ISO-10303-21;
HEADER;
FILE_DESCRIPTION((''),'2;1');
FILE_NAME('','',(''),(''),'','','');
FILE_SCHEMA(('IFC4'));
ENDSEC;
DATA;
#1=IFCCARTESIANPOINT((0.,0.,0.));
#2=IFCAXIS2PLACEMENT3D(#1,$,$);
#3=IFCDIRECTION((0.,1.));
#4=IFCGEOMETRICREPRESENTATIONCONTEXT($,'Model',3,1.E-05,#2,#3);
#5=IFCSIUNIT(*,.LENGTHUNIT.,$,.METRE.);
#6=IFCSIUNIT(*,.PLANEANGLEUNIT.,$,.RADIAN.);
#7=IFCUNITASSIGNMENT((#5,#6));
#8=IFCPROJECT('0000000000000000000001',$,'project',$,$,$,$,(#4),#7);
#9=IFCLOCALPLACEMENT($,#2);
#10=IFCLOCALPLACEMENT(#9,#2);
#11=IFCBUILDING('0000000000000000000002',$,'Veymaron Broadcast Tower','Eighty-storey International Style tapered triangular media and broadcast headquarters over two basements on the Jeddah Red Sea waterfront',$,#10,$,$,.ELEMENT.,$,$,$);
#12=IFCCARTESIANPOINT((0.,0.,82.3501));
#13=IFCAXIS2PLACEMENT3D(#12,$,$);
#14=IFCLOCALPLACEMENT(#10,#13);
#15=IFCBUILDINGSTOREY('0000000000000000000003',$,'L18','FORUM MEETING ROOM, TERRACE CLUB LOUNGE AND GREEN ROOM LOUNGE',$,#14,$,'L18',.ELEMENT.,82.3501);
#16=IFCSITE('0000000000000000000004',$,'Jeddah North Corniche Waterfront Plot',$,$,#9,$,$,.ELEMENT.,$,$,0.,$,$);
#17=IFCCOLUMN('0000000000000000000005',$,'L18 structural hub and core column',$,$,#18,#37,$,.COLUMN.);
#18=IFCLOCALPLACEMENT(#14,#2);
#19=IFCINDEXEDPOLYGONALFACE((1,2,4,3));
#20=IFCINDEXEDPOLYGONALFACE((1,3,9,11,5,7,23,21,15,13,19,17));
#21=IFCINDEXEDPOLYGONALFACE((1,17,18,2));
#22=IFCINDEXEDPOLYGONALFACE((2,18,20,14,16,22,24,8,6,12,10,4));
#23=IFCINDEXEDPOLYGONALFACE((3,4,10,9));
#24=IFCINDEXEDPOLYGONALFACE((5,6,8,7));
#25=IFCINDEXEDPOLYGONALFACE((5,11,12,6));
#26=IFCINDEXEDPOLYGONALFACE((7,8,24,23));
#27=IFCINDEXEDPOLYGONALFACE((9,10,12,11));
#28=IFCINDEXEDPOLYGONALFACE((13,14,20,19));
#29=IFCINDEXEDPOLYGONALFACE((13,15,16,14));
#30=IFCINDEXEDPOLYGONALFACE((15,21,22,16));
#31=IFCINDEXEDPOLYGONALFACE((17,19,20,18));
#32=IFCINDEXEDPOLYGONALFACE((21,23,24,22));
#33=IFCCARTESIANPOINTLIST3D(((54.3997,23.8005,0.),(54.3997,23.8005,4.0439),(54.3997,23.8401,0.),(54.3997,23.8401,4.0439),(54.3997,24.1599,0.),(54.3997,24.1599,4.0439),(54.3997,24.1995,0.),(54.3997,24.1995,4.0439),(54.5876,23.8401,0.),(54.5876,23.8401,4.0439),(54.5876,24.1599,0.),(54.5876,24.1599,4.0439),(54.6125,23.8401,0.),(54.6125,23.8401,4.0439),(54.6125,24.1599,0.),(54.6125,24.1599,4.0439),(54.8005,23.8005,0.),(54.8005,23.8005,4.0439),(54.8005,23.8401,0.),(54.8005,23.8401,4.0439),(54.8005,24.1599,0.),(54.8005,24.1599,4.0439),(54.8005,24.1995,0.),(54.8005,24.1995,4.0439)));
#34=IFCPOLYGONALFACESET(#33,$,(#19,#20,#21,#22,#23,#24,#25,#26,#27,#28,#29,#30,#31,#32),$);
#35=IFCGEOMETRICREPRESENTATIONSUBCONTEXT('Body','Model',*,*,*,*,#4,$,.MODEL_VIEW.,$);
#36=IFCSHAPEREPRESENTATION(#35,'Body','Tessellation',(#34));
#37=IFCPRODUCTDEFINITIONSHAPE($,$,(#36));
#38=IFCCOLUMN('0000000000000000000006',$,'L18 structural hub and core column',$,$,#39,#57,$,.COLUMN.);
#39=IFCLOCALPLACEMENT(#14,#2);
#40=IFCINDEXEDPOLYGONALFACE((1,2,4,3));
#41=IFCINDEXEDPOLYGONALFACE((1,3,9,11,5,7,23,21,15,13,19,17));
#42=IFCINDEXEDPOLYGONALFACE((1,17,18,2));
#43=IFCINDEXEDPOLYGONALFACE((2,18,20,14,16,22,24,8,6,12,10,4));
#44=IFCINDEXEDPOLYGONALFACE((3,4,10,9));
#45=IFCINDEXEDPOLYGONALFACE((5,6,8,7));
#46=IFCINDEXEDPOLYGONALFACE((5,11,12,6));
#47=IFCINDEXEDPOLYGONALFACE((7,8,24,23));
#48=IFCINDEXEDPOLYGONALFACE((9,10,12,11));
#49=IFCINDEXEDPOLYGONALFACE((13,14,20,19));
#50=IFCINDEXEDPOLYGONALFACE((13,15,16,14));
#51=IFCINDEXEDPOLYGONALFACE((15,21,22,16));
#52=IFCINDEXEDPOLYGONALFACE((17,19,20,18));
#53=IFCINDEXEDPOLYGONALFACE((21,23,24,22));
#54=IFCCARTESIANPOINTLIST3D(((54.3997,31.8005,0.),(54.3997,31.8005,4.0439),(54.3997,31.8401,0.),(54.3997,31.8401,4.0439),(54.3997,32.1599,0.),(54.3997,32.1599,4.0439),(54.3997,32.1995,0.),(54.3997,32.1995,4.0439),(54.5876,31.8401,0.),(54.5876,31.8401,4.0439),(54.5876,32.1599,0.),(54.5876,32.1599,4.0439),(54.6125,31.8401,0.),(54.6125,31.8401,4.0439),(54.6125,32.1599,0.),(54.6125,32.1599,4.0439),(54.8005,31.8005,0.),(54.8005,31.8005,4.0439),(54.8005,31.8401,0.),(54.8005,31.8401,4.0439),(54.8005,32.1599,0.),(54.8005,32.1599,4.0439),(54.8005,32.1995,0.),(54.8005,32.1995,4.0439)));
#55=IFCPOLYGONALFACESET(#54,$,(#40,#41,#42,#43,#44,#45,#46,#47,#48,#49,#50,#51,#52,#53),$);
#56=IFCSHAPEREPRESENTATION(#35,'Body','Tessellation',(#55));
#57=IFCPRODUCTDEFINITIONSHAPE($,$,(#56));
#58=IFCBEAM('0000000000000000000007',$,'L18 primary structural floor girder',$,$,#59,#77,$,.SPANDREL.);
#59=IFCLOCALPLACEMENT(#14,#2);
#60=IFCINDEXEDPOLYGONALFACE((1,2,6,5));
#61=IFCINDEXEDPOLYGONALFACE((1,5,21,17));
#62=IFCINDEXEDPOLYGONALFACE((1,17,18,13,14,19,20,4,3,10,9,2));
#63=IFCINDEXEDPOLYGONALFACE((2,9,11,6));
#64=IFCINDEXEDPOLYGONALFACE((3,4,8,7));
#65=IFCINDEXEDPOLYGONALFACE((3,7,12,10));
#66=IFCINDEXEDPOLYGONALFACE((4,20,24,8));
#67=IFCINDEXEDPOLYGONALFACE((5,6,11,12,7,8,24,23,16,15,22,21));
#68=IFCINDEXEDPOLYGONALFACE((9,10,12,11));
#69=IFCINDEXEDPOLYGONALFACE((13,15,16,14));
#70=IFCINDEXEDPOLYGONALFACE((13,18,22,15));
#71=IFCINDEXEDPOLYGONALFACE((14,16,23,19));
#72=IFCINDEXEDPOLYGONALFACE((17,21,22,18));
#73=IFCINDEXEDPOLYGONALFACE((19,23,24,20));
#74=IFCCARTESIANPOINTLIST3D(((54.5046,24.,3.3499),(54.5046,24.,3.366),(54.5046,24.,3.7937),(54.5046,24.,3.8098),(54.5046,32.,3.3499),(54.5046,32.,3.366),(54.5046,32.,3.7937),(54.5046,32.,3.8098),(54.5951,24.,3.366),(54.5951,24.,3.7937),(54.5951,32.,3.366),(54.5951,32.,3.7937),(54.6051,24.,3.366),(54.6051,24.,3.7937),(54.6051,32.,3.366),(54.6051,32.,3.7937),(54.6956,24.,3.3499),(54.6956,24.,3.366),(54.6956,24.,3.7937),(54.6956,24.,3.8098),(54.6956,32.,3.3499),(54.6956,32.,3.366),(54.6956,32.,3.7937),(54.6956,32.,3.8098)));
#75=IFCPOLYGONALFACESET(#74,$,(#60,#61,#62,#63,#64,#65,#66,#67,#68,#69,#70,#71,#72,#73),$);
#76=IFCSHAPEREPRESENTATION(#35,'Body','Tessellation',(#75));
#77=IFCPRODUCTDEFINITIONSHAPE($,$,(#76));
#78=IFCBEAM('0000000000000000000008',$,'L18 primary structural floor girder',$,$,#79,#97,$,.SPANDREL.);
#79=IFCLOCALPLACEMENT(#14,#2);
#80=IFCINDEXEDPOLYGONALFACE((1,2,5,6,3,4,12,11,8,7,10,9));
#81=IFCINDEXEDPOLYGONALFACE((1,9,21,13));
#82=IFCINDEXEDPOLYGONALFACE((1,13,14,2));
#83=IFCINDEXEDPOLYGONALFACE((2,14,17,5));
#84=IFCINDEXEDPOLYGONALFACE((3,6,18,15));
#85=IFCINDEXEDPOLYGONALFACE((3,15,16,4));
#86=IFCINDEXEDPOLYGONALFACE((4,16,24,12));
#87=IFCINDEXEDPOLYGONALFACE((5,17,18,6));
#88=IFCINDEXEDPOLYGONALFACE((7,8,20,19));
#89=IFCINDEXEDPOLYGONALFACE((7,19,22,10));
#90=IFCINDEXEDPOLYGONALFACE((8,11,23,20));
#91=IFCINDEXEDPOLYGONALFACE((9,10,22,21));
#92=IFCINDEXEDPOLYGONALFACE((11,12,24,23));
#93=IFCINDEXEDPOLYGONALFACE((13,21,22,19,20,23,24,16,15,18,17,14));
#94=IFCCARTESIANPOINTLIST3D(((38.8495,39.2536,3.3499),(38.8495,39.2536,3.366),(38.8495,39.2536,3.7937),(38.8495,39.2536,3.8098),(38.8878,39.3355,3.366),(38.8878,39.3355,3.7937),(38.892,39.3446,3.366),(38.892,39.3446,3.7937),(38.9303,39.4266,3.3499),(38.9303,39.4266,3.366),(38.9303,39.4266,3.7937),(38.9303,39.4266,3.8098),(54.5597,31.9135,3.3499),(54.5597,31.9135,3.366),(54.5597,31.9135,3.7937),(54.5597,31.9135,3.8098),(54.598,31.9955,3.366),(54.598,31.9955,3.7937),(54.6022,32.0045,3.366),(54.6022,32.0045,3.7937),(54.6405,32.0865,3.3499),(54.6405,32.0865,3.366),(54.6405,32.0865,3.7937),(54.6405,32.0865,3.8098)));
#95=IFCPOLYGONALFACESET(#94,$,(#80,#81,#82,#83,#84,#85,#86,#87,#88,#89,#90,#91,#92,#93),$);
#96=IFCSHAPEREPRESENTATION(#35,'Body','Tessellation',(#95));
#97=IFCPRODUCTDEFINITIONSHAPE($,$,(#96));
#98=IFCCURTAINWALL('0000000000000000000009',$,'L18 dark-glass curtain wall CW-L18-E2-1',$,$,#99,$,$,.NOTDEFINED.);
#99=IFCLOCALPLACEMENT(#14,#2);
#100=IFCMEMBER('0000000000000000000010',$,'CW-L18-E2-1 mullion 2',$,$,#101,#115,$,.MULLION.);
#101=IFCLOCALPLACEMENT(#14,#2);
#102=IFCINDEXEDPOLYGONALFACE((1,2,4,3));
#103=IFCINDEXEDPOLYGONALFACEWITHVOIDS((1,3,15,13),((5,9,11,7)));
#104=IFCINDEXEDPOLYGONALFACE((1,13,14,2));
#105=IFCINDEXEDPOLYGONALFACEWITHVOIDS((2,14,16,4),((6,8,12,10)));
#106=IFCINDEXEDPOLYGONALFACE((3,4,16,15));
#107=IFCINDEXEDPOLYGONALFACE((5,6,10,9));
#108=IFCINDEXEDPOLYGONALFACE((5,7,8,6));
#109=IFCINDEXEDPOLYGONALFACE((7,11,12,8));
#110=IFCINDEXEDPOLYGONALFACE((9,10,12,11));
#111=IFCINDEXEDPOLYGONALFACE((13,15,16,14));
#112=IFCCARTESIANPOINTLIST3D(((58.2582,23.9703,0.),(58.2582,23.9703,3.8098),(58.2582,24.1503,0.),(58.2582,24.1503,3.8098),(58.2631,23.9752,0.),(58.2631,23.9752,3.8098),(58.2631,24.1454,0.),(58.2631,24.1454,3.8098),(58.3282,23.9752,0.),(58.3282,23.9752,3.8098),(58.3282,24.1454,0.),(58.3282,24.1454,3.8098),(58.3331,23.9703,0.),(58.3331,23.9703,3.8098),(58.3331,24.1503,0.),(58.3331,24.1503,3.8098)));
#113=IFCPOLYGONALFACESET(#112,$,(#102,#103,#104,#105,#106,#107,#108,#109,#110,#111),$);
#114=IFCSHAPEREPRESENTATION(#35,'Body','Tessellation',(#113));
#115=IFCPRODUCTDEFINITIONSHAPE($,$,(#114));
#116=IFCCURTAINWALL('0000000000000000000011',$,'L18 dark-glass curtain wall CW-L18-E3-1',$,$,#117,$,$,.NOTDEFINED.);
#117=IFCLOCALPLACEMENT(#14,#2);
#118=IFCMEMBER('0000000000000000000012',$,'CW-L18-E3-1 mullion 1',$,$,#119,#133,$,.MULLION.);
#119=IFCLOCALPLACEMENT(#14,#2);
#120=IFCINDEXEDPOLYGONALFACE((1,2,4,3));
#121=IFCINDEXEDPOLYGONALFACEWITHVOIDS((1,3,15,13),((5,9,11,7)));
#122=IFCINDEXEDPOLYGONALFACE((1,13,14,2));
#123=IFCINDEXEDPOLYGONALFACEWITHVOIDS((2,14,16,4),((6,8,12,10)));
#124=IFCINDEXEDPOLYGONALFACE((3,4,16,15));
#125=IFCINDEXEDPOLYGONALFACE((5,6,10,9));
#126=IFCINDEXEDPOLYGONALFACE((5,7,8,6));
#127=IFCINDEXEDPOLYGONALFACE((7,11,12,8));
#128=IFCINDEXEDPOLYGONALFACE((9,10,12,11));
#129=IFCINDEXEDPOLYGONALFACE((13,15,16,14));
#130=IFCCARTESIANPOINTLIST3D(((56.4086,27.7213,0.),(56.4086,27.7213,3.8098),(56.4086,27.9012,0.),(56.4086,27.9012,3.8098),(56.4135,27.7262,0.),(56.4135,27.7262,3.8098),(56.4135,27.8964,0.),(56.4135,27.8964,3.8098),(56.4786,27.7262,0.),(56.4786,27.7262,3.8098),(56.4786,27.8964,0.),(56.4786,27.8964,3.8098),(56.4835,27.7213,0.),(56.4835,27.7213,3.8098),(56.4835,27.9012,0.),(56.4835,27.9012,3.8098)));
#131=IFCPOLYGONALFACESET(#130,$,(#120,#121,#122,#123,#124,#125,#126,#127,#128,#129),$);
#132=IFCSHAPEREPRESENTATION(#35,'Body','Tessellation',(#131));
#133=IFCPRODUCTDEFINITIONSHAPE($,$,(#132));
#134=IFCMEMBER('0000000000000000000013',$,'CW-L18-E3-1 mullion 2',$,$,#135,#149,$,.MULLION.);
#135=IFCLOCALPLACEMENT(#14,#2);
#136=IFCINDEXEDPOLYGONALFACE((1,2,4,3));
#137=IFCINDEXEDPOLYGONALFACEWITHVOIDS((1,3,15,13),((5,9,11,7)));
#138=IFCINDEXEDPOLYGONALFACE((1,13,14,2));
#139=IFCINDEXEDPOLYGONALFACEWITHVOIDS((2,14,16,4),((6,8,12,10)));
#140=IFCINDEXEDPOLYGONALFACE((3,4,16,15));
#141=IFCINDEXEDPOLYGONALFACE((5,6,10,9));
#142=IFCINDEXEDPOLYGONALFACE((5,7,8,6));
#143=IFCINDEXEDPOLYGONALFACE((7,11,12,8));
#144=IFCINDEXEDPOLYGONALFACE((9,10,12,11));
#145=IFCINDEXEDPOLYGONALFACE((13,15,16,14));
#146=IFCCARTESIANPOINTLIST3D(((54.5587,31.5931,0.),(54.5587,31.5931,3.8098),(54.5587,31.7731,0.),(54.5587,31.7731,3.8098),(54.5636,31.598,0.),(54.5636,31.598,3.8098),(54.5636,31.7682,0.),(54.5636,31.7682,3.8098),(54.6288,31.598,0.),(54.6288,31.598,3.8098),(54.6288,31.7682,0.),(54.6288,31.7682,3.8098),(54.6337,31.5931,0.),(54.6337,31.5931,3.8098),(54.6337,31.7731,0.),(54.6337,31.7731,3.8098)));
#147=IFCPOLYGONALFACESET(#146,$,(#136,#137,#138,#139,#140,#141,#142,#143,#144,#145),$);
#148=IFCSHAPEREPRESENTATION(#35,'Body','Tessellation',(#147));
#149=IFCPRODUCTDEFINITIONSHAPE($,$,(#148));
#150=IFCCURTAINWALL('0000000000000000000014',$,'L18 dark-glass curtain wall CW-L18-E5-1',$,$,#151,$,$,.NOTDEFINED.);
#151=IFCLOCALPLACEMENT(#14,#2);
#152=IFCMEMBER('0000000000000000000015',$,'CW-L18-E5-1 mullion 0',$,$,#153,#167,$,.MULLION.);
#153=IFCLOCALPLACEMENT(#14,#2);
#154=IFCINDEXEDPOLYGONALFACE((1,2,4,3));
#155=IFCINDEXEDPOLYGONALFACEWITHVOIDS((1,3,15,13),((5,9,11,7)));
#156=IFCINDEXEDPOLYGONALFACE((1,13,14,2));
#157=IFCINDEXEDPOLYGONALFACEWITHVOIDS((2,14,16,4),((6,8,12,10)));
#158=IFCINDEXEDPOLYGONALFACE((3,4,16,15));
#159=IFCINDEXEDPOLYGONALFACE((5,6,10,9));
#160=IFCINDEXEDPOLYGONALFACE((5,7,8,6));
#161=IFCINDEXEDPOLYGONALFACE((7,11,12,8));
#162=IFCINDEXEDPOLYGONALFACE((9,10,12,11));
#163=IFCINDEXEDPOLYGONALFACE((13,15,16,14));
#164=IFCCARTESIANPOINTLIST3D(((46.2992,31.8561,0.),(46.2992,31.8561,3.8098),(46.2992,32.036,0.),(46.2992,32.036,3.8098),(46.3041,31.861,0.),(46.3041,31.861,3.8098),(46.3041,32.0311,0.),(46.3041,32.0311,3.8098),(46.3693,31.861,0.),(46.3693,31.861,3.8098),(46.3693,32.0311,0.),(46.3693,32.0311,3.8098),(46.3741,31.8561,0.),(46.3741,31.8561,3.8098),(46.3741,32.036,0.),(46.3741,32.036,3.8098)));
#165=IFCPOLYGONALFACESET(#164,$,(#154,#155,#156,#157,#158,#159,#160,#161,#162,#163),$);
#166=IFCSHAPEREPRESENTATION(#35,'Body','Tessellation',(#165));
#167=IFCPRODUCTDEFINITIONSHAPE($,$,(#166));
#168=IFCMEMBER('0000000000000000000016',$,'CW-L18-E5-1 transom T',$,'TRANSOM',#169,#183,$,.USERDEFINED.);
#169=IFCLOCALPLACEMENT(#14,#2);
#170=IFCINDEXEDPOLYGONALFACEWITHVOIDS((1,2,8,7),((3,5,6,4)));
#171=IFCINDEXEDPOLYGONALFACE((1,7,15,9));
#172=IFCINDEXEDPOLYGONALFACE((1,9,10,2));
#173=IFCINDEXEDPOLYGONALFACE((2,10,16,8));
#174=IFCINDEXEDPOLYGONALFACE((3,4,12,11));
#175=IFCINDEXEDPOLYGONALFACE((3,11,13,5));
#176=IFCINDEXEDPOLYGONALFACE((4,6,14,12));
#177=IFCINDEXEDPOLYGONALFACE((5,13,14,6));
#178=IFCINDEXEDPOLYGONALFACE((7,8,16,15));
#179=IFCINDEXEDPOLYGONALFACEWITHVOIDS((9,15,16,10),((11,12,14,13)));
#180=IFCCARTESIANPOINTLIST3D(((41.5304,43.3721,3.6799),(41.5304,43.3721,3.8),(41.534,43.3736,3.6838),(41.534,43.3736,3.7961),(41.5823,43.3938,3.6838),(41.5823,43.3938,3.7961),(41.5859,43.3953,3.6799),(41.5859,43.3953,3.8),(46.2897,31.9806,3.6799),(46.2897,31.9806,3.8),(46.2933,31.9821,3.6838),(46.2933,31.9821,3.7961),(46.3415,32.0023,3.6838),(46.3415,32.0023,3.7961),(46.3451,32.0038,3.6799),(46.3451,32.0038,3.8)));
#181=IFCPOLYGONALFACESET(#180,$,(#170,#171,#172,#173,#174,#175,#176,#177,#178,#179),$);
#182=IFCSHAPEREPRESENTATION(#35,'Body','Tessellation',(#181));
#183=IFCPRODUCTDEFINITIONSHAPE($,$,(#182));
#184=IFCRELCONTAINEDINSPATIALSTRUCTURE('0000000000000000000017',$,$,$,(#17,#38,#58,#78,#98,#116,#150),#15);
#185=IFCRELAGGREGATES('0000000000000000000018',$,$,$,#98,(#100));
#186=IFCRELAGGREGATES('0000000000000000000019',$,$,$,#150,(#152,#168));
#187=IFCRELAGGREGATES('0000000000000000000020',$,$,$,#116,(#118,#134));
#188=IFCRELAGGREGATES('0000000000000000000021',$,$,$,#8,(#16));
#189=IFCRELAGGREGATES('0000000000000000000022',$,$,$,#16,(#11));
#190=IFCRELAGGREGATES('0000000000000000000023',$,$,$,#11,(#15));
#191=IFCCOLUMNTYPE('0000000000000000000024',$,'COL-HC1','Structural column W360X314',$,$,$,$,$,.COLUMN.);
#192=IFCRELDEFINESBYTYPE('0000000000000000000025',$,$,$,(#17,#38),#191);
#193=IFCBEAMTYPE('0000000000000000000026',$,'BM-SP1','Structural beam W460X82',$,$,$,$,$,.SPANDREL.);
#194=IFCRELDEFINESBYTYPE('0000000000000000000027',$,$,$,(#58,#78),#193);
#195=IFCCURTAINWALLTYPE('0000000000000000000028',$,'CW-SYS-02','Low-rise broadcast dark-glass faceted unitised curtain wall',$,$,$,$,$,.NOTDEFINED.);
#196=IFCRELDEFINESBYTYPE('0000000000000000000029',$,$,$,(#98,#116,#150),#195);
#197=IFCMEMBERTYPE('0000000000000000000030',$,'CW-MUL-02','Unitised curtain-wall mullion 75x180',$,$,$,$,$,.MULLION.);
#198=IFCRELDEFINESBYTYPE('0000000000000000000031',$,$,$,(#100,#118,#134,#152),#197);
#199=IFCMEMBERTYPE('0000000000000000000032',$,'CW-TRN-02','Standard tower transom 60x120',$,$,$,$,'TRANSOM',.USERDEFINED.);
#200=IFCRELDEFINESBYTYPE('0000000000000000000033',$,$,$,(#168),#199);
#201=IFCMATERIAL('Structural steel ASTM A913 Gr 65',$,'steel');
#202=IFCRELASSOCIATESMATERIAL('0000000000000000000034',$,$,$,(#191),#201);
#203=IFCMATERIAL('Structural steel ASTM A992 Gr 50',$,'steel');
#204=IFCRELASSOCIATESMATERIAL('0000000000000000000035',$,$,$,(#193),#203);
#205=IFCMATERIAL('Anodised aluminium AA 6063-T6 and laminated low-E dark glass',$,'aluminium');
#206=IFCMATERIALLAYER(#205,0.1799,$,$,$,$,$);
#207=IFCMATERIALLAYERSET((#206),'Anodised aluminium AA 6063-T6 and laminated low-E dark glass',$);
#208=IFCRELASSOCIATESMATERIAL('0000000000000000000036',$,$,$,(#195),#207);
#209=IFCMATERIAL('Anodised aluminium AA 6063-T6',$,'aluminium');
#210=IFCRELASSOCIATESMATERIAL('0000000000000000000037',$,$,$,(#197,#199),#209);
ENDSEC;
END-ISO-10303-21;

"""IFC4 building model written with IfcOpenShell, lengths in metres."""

from ifc_helpers import new_model, si_unit, direction, frame, origin, origin_2d, place, context, subcontext, project, spatial, hollow_rectangle, i_section, extrude, material, layer, layer_set, material_profile, profile_set, type_object, element, aggregate, save


model = new_model("IFC4")

# Units and contexts
model_context = context("Model", 3, precision=1e-05, world=origin(), true_north=direction((0.0, 1.0)))
body_context = subcontext(model_context, "Body", "Model", "MODEL_VIEW")
ifc_project = project(units=[si_unit("LENGTHUNIT", "METRE"), si_unit("PLANEANGLEUNIT", "RADIAN")], contexts=[model_context])

# Site, building, storey
site_placement = place(None, origin())
site = spatial("IfcSite", under=ifc_project, at=site_placement, Name="Jeddah North Corniche Waterfront Plot", CompositionType="ELEMENT", RefElevation=0.0)
building_placement = place(site_placement, origin())
building = spatial("IfcBuilding", under=site, at=building_placement, Name="Veymaron Broadcast Tower", Description="Eighty-storey International Style tapered triangular media and broadcast headquarters over two basements on the Jeddah Red Sea waterfront", CompositionType="ELEMENT")
storey_placement = place(building_placement, frame((0.0, 0.0, 82.3501)))
storey = spatial("IfcBuildingStorey", under=building, at=storey_placement, Name="L18", Description="FORUM MEETING ROOM, TERRACE CLUB LOUNGE AND GREEN ROOM LOUNGE", LongName="L18", CompositionType="ELEMENT", Elevation=82.3501)

# Columns
ifc_material_1 = material(Name="Structural steel ASTM A913 Gr 65", Category="steel")
ifc_material_profile_1 = material_profile(ifc_material_1, i_section(OverallWidth=0.4009, OverallDepth=0.3989, WebThickness=0.0249, FlangeThickness=0.0396, at=origin_2d()), Name="W360X314")
ifc_profile_set_1 = profile_set([ifc_material_profile_1], Name="Structural steel ASTM A913 Gr 65")
column_type = type_object("IfcColumnType", Name="COL-HC1", Description="Structural column W360X314", PredefinedType="COLUMN", material=ifc_profile_set_1)
for number, where, z_axis, x_axis, name in (
    (1, (54.6001, 24.0, 0.0), (0.0, 0.0, 1.0), (1.0, 0.0, 0.0), "L18 structural hub and core column"),
    (2, (54.6001, 32.0, 0.0), (0.0, 0.0, 1.0), (1.0, 0.0, 0.0), "L18 structural hub and core column"),
):
    element("IfcColumn", number, at=place(storey_placement, frame(where, z_axis=z_axis, x_axis=x_axis)), inside=storey, type_object=column_type, Name=name, PredefinedType="COLUMN", context=body_context, shape_type="SweptSolid", body=[
        extrude(i_section(OverallWidth=0.4009, OverallDepth=0.3989, WebThickness=0.0249, FlangeThickness=0.0396, at=origin_2d()), origin(), (0.0, 0.0, 1.0), 4.0439),
    ])

# Beams
ifc_material_2 = material(Name="Structural steel ASTM A992 Gr 50", Category="steel")
ifc_material_profile_2 = material_profile(ifc_material_2, i_section(OverallWidth=0.1909, OverallDepth=0.46, WebThickness=0.01, FlangeThickness=0.0161, at=origin_2d()), Name="W460X82")
ifc_profile_set_2 = profile_set([ifc_material_profile_2], Name="Structural steel ASTM A992 Gr 50")
beam_type = type_object("IfcBeamType", Name="BM-SP1", Description="Structural beam W460X82", PredefinedType="SPANDREL", material=ifc_profile_set_2)
beam_1_placement = place(storey_placement, frame((54.6001, 24.0, 3.5798), z_axis=(0.0, 1.0, 0.0), x_axis=(-1.0, 0.0, 0.0)))
element("IfcBeam", 3, at=beam_1_placement, inside=storey, type_object=beam_type, Name="L18 primary structural floor girder", PredefinedType="SPANDREL", context=body_context, shape_type="SweptSolid", body=[
    extrude(i_section(OverallWidth=0.1909, OverallDepth=0.46, WebThickness=0.01, FlangeThickness=0.0161, at=origin_2d()), origin(), (0.0, 0.0, 1.0), 8.0),
])
beam_2_placement = place(storey_placement, frame((54.6001, 32.0, 3.5798), z_axis=(-0.905992, 0.423295, 0.0), x_axis=(-0.423295, -0.905992, 0.0)))
element("IfcBeam", 4, at=beam_2_placement, inside=storey, type_object=beam_type, Name="L18 primary structural floor girder", PredefinedType="SPANDREL", context=body_context, shape_type="SweptSolid", body=[
    extrude(i_section(OverallWidth=0.1909, OverallDepth=0.46, WebThickness=0.01, FlangeThickness=0.0161, at=origin_2d()), origin(), (0.0, 0.0, 1.0), 17.3403),
])

# Curtain wall, member
ifc_material_3 = material(Name="Anodised aluminium AA 6063-T6 and laminated low-E dark glass", Category="aluminium")
ifc_layer_1 = layer(ifc_material_3, 0.1799)
ifc_layer_set_1 = layer_set([ifc_layer_1], Name="Anodised aluminium AA 6063-T6 and laminated low-E dark glass")
curtain_wall_type = type_object("IfcCurtainWallType", Name="CW-SYS-02", Description="Low-rise broadcast dark-glass faceted unitised curtain wall", PredefinedType="NOTDEFINED", material=ifc_layer_set_1)
curtain_wall_1_placement = place(storey_placement, origin())
curtain_wall_1 = element("IfcCurtainWall", 5, at=curtain_wall_1_placement, inside=storey, type_object=curtain_wall_type, Name="L18 dark-glass curtain wall CW-L18-E2-1", PredefinedType="NOTDEFINED")
ifc_material_4 = material(Name="Anodised aluminium AA 6063-T6", Category="aluminium")
ifc_material_profile_3 = material_profile(ifc_material_4, hollow_rectangle(XDim=0.075, YDim=0.1799, WallThickness=0.0049, at=origin_2d()), Name="AL180X75X5")
ifc_profile_set_3 = profile_set([ifc_material_profile_3], Name="Anodised aluminium AA 6063-T6")
member_type_1 = type_object("IfcMemberType", Name="CW-MUL-02", Description="Unitised curtain-wall mullion 75x180", PredefinedType="MULLION", material=ifc_profile_set_3)
member_1_placement = place(storey_placement, frame((58.2957, 24.0603, 0.0), z_axis=(0.0, 0.0, 1.0), x_axis=(1.0, 0.0, 0.0)))
member_1 = element("IfcMember", 6, at=member_1_placement, type_object=member_type_1, Name="CW-L18-E2-1 mullion 2", PredefinedType="MULLION", context=body_context, shape_type="SweptSolid", body=[
    extrude(hollow_rectangle(XDim=0.075, YDim=0.1799, WallThickness=0.0049, at=origin_2d()), origin(), (0.0, 0.0, 1.0), 3.8098),
])
aggregate(curtain_wall_1, [member_1])

# Curtain walls, members
curtain_wall_2_placement = place(storey_placement, origin())
curtain_wall_2 = element("IfcCurtainWall", 7, at=curtain_wall_2_placement, inside=storey, type_object=curtain_wall_type, Name="L18 dark-glass curtain wall CW-L18-E3-1", PredefinedType="NOTDEFINED")
member_2_placement = place(storey_placement, frame((56.446, 27.8113, 0.0), z_axis=(0.0, 0.0, 1.0), x_axis=(1.0, 0.0, 0.0)))
member_2 = element("IfcMember", 8, at=member_2_placement, type_object=member_type_1, Name="CW-L18-E3-1 mullion 1", PredefinedType="MULLION", context=body_context, shape_type="SweptSolid", body=[
    extrude(hollow_rectangle(XDim=0.075, YDim=0.1799, WallThickness=0.0049, at=origin_2d()), origin(), (0.0, 0.0, 1.0), 3.8098),
])
member_3_placement = place(storey_placement, frame((54.5962, 31.6831, 0.0), z_axis=(0.0, 0.0, 1.0), x_axis=(1.0, 0.0, 0.0)))
member_3 = element("IfcMember", 9, at=member_3_placement, type_object=member_type_1, Name="CW-L18-E3-1 mullion 2", PredefinedType="MULLION", context=body_context, shape_type="SweptSolid", body=[
    extrude(hollow_rectangle(XDim=0.075, YDim=0.1799, WallThickness=0.0049, at=origin_2d()), origin(), (0.0, 0.0, 1.0), 3.8098),
])
curtain_wall_3_placement = place(storey_placement, origin())
curtain_wall_3 = element("IfcCurtainWall", 10, at=curtain_wall_3_placement, inside=storey, type_object=curtain_wall_type, Name="L18 dark-glass curtain wall CW-L18-E5-1", PredefinedType="NOTDEFINED")
member_4_placement = place(storey_placement, frame((46.3367, 31.946, 0.0), z_axis=(0.0, 0.0, 1.0), x_axis=(1.0, 0.0, 0.0)))
member_4 = element("IfcMember", 11, at=member_4_placement, type_object=member_type_1, Name="CW-L18-E5-1 mullion 0", PredefinedType="MULLION", context=body_context, shape_type="SweptSolid", body=[
    extrude(hollow_rectangle(XDim=0.075, YDim=0.1799, WallThickness=0.0049, at=origin_2d()), origin(), (0.0, 0.0, 1.0), 3.8098),
])
ifc_material_profile_4 = material_profile(ifc_material_4, hollow_rectangle(XDim=0.0601, YDim=0.1201, WallThickness=0.0039, at=origin_2d()), Name="AL120X60X4")
ifc_profile_set_4 = profile_set([ifc_material_profile_4], Name="Anodised aluminium AA 6063-T6")
member_type_2 = type_object("IfcMemberType", Name="CW-TRN-02", Description="Standard tower transom 60x120", ElementType="TRANSOM", PredefinedType="USERDEFINED", material=ifc_profile_set_4)
member_5_placement = place(storey_placement, frame((46.3174, 31.9922, 3.74), z_axis=(-0.385497, 0.922709, 0.0), x_axis=(-0.922709, -0.385497, 0.0)))
member_5 = element("IfcMember", 12, at=member_5_placement, type_object=member_type_2, Name="CW-L18-E5-1 transom T", ObjectType="TRANSOM", PredefinedType="USERDEFINED", context=body_context, shape_type="SweptSolid", body=[
    extrude(hollow_rectangle(XDim=0.0601, YDim=0.1201, WallThickness=0.0039, at=origin_2d()), origin(), (0.0, 0.0, 1.0), 12.3457),
])
aggregate(curtain_wall_3, [member_4, member_5])

aggregate(curtain_wall_2, [member_2, member_3])

save(model, "model.ifc")
